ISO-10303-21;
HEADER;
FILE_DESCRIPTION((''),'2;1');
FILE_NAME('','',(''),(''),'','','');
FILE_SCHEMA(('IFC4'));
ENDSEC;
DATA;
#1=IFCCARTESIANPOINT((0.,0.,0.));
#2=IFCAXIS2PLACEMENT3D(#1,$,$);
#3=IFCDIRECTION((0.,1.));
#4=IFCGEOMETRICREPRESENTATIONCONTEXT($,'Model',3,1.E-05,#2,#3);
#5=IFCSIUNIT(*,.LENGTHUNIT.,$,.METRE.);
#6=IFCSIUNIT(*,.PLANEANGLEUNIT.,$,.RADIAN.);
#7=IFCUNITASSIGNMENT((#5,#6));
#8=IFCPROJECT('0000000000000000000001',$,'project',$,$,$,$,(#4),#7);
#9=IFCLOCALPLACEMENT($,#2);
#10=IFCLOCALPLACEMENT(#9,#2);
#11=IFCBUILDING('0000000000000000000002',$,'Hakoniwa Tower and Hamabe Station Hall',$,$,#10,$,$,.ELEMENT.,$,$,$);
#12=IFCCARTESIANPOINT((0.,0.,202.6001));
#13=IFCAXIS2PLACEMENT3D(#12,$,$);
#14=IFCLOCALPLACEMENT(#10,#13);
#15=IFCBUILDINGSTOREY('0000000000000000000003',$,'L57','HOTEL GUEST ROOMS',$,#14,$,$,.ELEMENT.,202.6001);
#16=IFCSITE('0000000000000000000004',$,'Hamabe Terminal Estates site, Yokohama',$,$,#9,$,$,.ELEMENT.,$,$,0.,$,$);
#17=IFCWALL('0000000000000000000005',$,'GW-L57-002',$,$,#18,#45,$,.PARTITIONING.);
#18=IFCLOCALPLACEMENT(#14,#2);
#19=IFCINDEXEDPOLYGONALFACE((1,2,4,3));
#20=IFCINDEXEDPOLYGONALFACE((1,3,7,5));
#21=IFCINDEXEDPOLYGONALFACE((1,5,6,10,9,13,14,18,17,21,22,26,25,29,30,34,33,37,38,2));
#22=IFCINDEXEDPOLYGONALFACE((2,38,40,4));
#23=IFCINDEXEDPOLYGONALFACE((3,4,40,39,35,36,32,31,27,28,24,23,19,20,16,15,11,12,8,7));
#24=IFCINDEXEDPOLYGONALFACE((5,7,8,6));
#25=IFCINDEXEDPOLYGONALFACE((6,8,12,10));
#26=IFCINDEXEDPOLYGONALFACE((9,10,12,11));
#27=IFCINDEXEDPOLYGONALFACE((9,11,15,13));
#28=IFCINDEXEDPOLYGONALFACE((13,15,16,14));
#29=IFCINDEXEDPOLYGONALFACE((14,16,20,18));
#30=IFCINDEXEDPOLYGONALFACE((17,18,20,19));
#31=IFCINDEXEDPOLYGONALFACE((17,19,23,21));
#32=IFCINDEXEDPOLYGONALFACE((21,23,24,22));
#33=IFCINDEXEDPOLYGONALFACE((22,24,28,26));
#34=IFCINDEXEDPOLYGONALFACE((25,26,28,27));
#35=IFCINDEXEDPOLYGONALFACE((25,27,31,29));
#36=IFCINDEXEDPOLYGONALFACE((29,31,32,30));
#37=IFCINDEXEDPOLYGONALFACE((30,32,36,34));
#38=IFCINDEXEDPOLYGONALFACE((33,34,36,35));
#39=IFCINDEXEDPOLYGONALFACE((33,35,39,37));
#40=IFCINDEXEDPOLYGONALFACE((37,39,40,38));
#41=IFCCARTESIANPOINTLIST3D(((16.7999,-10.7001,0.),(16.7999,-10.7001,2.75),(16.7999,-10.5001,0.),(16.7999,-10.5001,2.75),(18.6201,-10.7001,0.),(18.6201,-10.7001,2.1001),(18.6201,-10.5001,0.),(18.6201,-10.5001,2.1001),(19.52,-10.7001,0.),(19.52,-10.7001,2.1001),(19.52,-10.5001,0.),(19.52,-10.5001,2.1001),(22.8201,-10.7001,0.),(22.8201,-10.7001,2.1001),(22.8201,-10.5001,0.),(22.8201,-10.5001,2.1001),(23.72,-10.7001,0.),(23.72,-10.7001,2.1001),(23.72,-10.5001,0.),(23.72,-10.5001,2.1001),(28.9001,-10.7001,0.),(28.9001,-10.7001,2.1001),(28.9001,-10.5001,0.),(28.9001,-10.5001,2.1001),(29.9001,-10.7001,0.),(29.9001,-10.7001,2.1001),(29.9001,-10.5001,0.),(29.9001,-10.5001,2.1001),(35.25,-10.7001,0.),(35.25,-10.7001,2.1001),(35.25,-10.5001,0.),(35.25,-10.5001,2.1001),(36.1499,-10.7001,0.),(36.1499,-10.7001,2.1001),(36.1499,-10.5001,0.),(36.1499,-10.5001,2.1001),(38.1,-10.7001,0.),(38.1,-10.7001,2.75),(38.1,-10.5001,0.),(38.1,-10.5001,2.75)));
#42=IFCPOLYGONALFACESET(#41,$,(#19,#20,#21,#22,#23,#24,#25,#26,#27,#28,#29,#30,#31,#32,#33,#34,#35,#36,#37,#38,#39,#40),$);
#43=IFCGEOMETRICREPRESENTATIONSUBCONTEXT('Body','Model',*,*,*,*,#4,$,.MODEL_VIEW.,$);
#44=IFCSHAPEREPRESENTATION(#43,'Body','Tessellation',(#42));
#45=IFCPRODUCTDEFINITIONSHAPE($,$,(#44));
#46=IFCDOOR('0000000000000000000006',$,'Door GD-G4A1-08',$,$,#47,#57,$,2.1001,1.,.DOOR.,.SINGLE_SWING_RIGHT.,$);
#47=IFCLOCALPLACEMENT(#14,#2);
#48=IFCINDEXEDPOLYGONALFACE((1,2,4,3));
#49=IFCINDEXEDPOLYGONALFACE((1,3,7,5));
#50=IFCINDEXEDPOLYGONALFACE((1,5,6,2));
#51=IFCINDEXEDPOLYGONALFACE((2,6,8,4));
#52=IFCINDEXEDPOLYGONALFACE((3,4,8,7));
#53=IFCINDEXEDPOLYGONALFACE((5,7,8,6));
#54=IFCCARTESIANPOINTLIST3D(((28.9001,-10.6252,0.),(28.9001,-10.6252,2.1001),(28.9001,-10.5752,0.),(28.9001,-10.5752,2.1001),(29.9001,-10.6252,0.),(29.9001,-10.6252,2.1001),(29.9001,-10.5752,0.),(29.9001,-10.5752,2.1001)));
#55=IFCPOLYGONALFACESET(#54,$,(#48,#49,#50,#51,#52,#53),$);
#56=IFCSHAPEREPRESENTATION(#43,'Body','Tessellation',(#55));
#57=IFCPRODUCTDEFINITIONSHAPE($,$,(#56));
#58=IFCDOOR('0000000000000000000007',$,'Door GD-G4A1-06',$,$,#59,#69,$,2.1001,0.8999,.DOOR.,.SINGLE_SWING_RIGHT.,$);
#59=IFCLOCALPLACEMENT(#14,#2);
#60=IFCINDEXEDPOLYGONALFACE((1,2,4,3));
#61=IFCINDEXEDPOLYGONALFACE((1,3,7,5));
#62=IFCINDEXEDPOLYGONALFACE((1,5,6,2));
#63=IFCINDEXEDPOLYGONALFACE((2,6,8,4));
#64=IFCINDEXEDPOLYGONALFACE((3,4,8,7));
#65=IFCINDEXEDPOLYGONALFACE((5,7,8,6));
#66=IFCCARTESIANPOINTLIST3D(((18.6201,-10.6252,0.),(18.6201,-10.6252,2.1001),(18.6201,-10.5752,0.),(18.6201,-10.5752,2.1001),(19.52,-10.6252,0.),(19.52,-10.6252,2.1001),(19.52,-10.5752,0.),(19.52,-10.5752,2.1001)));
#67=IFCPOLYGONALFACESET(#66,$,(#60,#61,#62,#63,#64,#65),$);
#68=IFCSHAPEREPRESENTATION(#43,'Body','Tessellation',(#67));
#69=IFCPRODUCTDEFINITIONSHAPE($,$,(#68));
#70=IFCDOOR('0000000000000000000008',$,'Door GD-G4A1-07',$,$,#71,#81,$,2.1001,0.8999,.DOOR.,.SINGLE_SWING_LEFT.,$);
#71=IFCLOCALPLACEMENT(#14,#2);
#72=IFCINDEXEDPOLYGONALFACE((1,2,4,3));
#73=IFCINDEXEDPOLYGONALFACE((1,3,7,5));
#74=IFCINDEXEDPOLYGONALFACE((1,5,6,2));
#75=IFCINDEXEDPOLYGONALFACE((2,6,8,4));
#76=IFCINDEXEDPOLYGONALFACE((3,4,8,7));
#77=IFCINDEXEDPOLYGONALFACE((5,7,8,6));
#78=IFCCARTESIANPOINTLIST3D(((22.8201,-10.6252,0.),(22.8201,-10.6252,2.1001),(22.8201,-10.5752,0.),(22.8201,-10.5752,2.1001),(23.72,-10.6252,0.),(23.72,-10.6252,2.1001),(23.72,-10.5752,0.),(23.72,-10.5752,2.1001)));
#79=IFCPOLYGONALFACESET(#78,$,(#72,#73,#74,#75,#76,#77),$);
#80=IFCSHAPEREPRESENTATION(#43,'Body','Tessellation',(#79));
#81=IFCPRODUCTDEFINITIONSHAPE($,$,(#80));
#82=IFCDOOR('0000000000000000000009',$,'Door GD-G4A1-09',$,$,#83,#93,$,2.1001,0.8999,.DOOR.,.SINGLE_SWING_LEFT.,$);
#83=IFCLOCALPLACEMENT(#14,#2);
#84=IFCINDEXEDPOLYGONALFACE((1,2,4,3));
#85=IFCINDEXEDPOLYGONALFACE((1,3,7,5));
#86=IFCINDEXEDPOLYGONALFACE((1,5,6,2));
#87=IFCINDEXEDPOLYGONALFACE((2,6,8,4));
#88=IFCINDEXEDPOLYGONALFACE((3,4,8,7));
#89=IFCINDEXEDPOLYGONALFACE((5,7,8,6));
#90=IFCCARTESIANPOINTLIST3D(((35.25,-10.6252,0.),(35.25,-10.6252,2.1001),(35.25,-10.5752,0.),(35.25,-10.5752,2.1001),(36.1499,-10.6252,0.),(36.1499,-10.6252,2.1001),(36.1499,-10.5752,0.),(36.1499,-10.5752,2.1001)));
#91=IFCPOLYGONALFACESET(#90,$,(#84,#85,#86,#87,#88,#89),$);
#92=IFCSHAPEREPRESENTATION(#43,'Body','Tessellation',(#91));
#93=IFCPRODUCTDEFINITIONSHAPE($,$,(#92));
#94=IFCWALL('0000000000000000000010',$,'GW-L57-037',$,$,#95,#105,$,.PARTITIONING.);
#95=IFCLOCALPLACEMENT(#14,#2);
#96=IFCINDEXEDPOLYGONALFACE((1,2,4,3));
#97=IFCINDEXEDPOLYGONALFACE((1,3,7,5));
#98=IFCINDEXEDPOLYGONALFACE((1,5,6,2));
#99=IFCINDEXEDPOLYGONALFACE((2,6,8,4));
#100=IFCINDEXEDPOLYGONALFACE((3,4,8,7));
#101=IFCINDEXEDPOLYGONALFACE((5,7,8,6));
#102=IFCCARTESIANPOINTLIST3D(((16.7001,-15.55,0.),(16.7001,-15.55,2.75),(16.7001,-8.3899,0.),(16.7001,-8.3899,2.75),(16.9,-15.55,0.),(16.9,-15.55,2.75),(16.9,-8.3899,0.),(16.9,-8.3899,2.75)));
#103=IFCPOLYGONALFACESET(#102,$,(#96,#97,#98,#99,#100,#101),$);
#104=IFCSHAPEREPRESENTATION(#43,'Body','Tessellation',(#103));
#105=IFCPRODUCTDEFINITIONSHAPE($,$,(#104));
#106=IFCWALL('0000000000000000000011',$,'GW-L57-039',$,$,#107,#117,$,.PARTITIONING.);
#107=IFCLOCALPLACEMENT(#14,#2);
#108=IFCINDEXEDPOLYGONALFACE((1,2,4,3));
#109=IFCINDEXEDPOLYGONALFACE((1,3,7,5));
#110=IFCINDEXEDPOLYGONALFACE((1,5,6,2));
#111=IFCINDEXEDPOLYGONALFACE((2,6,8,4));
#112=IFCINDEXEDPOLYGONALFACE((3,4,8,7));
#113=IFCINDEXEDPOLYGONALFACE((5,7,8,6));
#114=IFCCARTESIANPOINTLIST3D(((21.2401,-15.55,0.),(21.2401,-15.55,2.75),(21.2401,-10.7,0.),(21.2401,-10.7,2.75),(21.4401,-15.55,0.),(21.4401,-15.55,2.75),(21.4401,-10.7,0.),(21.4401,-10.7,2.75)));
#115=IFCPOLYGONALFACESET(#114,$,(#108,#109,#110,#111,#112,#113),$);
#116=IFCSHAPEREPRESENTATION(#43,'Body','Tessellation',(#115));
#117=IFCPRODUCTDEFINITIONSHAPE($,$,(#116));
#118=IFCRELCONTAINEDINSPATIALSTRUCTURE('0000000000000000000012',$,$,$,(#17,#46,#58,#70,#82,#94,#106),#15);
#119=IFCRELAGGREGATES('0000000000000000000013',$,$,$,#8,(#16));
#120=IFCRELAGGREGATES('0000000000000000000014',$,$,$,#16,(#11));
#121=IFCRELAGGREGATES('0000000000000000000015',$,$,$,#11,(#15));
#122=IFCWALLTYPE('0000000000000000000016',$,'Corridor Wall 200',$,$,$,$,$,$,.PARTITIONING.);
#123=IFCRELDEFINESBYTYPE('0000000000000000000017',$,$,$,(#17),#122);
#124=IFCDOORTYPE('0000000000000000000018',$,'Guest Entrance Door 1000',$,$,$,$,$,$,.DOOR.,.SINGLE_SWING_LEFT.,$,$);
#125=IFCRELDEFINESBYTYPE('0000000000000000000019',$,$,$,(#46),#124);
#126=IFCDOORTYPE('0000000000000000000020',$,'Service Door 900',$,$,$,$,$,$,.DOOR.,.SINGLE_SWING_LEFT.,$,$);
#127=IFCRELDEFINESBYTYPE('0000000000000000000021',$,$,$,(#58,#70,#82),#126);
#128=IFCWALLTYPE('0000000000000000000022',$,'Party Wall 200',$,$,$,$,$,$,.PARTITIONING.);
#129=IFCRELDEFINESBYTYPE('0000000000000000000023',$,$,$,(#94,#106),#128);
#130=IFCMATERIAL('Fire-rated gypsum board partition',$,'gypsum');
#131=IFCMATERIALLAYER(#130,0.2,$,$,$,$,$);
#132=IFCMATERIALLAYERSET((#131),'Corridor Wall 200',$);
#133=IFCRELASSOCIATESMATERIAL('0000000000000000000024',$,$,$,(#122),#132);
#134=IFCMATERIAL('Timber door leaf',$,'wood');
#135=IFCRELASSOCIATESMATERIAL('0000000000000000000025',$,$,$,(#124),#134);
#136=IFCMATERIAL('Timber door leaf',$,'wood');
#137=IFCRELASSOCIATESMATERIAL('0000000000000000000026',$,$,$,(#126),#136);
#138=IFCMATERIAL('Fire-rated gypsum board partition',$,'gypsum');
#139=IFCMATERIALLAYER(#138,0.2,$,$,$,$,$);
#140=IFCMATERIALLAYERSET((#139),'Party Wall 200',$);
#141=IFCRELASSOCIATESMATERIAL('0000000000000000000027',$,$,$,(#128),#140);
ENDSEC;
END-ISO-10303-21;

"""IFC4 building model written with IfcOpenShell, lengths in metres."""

from ifc_helpers import new_model, si_unit, direction, frame, frame_2d, origin, place, context, subcontext, project, spatial, rectangle, extrude, material, layer, layer_set, type_object, element, fill, save


model = new_model("IFC4")

# Units and contexts
model_context = context("Model", 3, precision=1e-05, world=origin(), true_north=direction((0.0, 1.0)))
body_context = subcontext(model_context, "Body", "Model", "MODEL_VIEW")
ifc_project = project(units=[si_unit("LENGTHUNIT", "METRE"), si_unit("PLANEANGLEUNIT", "RADIAN")], contexts=[model_context])

# Site, building, storey
site_placement = place(None, origin())
site = spatial("IfcSite", under=ifc_project, at=site_placement, Name="Hamabe Terminal Estates site, Yokohama", CompositionType="ELEMENT", RefElevation=0.0)
building_placement = place(site_placement, origin())
building = spatial("IfcBuilding", under=site, at=building_placement, Name="Hakoniwa Tower and Hamabe Station Hall", CompositionType="ELEMENT")
storey_placement = place(building_placement, frame((0.0, 0.0, 202.6001)))
storey = spatial("IfcBuildingStorey", under=building, at=storey_placement, Name="L57", Description="HOTEL GUEST ROOMS", CompositionType="ELEMENT", Elevation=202.6001)

# Wall, openings, doors
ifc_material_1 = material(Name="Fire-rated gypsum board partition", Category="gypsum")
ifc_layer_1 = layer(ifc_material_1, 0.2)
ifc_layer_set_1 = layer_set([ifc_layer_1], Name="Corridor Wall 200")
wall_type_1 = type_object("IfcWallType", Name="Corridor Wall 200", PredefinedType="PARTITIONING", material=ifc_layer_set_1)
wall_1_placement = place(storey_placement, frame((16.8, -10.6001, 0.0), z_axis=(0.0, 0.0, 1.0), x_axis=(1.0, 0.0, 0.0)))
wall_1 = element("IfcWall", 1, at=wall_1_placement, inside=storey, type_object=wall_type_1, Name="GW-L57-002", PredefinedType="PARTITIONING", context=body_context, shape_type="SweptSolid", body=[
    extrude(rectangle(XDim=21.3, YDim=0.2, at=frame_2d((10.6499, 0.0))), origin(), (0.0, 0.0, 1.0), 2.75),
])
opening_1_placement = place(wall_1_placement, frame((1.8201, 0.0, 0.0)))
opening_1 = element("IfcOpeningElement", 2, at=opening_1_placement, cuts=wall_1, PredefinedType="OPENING", context=body_context, shape_type="SweptSolid", body=[
    extrude(rectangle(XDim=0.8999, YDim=2.1001, at=frame_2d((0.45, 1.05))), frame((0.0, 0.1099, 0.0), z_axis=(0.0, -1.0, 0.0), x_axis=(1.0, 0.0, 0.0)), (0.0, 0.0, 1.0), 0.22),
])
opening_2_placement = place(wall_1_placement, frame((6.02, 0.0, 0.0)))
opening_2 = element("IfcOpeningElement", 3, at=opening_2_placement, cuts=wall_1, PredefinedType="OPENING", context=body_context, shape_type="SweptSolid", body=[
    extrude(rectangle(XDim=0.8999, YDim=2.1001, at=frame_2d((0.45, 1.05))), frame((0.0, 0.1099, 0.0), z_axis=(0.0, -1.0, 0.0), x_axis=(1.0, 0.0, 0.0)), (0.0, 0.0, 1.0), 0.22),
])
opening_3_placement = place(wall_1_placement, frame((12.1001, 0.0, 0.0)))
opening_3 = element("IfcOpeningElement", 4, at=opening_3_placement, cuts=wall_1, PredefinedType="OPENING", context=body_context, shape_type="SweptSolid", body=[
    extrude(rectangle(XDim=1.0, YDim=2.1001, at=frame_2d((0.5, 1.05))), frame((0.0, 0.1099, 0.0), z_axis=(0.0, -1.0, 0.0), x_axis=(1.0, 0.0, 0.0)), (0.0, 0.0, 1.0), 0.22),
])
opening_4_placement = place(wall_1_placement, frame((18.45, 0.0, 0.0)))
opening_4 = element("IfcOpeningElement", 5, at=opening_4_placement, cuts=wall_1, PredefinedType="OPENING", context=body_context, shape_type="SweptSolid", body=[
    extrude(rectangle(XDim=0.8999, YDim=2.1001, at=frame_2d((0.45, 1.05))), frame((0.0, 0.1099, 0.0), z_axis=(0.0, -1.0, 0.0), x_axis=(1.0, 0.0, 0.0)), (0.0, 0.0, 1.0), 0.22),
])
ifc_material_2 = material(Name="Timber door leaf", Category="wood")
door_type_1 = type_object("IfcDoorType", Name="Guest Entrance Door 1000", OperationType="SINGLE_SWING_LEFT", PredefinedType="DOOR", material=ifc_material_2)
door_1_placement = place(opening_3_placement, origin())
door_1 = element("IfcDoor", 6, at=door_1_placement, inside=storey, type_object=door_type_1, Name="Door GD-G4A1-08", OperationType="SINGLE_SWING_RIGHT", OverallHeight=2.1001, OverallWidth=1.0, PredefinedType="DOOR", context=body_context, shape_type="SweptSolid", body=[
    extrude(rectangle(XDim=1.0, YDim=2.1001, at=frame_2d((0.5, 1.05))), frame((0.0, 0.0249, 0.0), z_axis=(0.0, -1.0, 0.0), x_axis=(1.0, 0.0, 0.0)), (0.0, 0.0, 1.0), 0.05),
])
fill(opening_3, door_1)
ifc_material_3 = material(Name="Timber door leaf", Category="wood")
door_type_2 = type_object("IfcDoorType", Name="Service Door 900", OperationType="SINGLE_SWING_LEFT", PredefinedType="DOOR", material=ifc_material_3)
door_2_placement = place(opening_1_placement, origin())
door_2 = element("IfcDoor", 7, at=door_2_placement, inside=storey, type_object=door_type_2, Name="Door GD-G4A1-06", OperationType="SINGLE_SWING_RIGHT", OverallHeight=2.1001, OverallWidth=0.8999, PredefinedType="DOOR", context=body_context, shape_type="SweptSolid", body=[
    extrude(rectangle(XDim=0.8999, YDim=2.1001, at=frame_2d((0.45, 1.05))), frame((0.0, 0.0249, 0.0), z_axis=(0.0, -1.0, 0.0), x_axis=(1.0, 0.0, 0.0)), (0.0, 0.0, 1.0), 0.05),
])
fill(opening_1, door_2)
door_3_placement = place(opening_2_placement, origin())
door_3 = element("IfcDoor", 8, at=door_3_placement, inside=storey, type_object=door_type_2, Name="Door GD-G4A1-07", OperationType="SINGLE_SWING_LEFT", OverallHeight=2.1001, OverallWidth=0.8999, PredefinedType="DOOR", context=body_context, shape_type="SweptSolid", body=[
    extrude(rectangle(XDim=0.8999, YDim=2.1001, at=frame_2d((0.45, 1.05))), frame((0.0, 0.0249, 0.0), z_axis=(0.0, -1.0, 0.0), x_axis=(1.0, 0.0, 0.0)), (0.0, 0.0, 1.0), 0.05),
])
fill(opening_2, door_3)
door_4_placement = place(opening_4_placement, origin())
door_4 = element("IfcDoor", 9, at=door_4_placement, inside=storey, type_object=door_type_2, Name="Door GD-G4A1-09", OperationType="SINGLE_SWING_LEFT", OverallHeight=2.1001, OverallWidth=0.8999, PredefinedType="DOOR", context=body_context, shape_type="SweptSolid", body=[
    extrude(rectangle(XDim=0.8999, YDim=2.1001, at=frame_2d((0.45, 1.05))), frame((0.0, 0.0249, 0.0), z_axis=(0.0, -1.0, 0.0), x_axis=(1.0, 0.0, 0.0)), (0.0, 0.0, 1.0), 0.05),
])
fill(opening_4, door_4)

# Walls
ifc_material_4 = material(Name="Fire-rated gypsum board partition", Category="gypsum")
ifc_layer_2 = layer(ifc_material_4, 0.2)
ifc_layer_set_2 = layer_set([ifc_layer_2], Name="Party Wall 200")
wall_type_2 = type_object("IfcWallType", Name="Party Wall 200", PredefinedType="PARTITIONING", material=ifc_layer_set_2)
wall_2_placement = place(storey_placement, frame((16.8, -15.55, 0.0), z_axis=(0.0, 0.0, 1.0), x_axis=(0.0, 1.0, 0.0)))
element("IfcWall", 10, at=wall_2_placement, inside=storey, type_object=wall_type_2, Name="GW-L57-037", PredefinedType="PARTITIONING", context=body_context, shape_type="SweptSolid", body=[
    extrude(rectangle(XDim=7.1602, YDim=0.2, at=frame_2d((3.5801, 0.0))), origin(), (0.0, 0.0, 1.0), 2.75),
])
wall_3_placement = place(storey_placement, frame((21.3401, -15.55, 0.0), z_axis=(0.0, 0.0, 1.0), x_axis=(0.0, 1.0, 0.0)))
element("IfcWall", 11, at=wall_3_placement, inside=storey, type_object=wall_type_2, Name="GW-L57-039", PredefinedType="PARTITIONING", context=body_context, shape_type="SweptSolid", body=[
    extrude(rectangle(XDim=4.8501, YDim=0.2, at=frame_2d((2.425, 0.0))), origin(), (0.0, 0.0, 1.0), 2.75),
])

save(model, "model.ifc")
